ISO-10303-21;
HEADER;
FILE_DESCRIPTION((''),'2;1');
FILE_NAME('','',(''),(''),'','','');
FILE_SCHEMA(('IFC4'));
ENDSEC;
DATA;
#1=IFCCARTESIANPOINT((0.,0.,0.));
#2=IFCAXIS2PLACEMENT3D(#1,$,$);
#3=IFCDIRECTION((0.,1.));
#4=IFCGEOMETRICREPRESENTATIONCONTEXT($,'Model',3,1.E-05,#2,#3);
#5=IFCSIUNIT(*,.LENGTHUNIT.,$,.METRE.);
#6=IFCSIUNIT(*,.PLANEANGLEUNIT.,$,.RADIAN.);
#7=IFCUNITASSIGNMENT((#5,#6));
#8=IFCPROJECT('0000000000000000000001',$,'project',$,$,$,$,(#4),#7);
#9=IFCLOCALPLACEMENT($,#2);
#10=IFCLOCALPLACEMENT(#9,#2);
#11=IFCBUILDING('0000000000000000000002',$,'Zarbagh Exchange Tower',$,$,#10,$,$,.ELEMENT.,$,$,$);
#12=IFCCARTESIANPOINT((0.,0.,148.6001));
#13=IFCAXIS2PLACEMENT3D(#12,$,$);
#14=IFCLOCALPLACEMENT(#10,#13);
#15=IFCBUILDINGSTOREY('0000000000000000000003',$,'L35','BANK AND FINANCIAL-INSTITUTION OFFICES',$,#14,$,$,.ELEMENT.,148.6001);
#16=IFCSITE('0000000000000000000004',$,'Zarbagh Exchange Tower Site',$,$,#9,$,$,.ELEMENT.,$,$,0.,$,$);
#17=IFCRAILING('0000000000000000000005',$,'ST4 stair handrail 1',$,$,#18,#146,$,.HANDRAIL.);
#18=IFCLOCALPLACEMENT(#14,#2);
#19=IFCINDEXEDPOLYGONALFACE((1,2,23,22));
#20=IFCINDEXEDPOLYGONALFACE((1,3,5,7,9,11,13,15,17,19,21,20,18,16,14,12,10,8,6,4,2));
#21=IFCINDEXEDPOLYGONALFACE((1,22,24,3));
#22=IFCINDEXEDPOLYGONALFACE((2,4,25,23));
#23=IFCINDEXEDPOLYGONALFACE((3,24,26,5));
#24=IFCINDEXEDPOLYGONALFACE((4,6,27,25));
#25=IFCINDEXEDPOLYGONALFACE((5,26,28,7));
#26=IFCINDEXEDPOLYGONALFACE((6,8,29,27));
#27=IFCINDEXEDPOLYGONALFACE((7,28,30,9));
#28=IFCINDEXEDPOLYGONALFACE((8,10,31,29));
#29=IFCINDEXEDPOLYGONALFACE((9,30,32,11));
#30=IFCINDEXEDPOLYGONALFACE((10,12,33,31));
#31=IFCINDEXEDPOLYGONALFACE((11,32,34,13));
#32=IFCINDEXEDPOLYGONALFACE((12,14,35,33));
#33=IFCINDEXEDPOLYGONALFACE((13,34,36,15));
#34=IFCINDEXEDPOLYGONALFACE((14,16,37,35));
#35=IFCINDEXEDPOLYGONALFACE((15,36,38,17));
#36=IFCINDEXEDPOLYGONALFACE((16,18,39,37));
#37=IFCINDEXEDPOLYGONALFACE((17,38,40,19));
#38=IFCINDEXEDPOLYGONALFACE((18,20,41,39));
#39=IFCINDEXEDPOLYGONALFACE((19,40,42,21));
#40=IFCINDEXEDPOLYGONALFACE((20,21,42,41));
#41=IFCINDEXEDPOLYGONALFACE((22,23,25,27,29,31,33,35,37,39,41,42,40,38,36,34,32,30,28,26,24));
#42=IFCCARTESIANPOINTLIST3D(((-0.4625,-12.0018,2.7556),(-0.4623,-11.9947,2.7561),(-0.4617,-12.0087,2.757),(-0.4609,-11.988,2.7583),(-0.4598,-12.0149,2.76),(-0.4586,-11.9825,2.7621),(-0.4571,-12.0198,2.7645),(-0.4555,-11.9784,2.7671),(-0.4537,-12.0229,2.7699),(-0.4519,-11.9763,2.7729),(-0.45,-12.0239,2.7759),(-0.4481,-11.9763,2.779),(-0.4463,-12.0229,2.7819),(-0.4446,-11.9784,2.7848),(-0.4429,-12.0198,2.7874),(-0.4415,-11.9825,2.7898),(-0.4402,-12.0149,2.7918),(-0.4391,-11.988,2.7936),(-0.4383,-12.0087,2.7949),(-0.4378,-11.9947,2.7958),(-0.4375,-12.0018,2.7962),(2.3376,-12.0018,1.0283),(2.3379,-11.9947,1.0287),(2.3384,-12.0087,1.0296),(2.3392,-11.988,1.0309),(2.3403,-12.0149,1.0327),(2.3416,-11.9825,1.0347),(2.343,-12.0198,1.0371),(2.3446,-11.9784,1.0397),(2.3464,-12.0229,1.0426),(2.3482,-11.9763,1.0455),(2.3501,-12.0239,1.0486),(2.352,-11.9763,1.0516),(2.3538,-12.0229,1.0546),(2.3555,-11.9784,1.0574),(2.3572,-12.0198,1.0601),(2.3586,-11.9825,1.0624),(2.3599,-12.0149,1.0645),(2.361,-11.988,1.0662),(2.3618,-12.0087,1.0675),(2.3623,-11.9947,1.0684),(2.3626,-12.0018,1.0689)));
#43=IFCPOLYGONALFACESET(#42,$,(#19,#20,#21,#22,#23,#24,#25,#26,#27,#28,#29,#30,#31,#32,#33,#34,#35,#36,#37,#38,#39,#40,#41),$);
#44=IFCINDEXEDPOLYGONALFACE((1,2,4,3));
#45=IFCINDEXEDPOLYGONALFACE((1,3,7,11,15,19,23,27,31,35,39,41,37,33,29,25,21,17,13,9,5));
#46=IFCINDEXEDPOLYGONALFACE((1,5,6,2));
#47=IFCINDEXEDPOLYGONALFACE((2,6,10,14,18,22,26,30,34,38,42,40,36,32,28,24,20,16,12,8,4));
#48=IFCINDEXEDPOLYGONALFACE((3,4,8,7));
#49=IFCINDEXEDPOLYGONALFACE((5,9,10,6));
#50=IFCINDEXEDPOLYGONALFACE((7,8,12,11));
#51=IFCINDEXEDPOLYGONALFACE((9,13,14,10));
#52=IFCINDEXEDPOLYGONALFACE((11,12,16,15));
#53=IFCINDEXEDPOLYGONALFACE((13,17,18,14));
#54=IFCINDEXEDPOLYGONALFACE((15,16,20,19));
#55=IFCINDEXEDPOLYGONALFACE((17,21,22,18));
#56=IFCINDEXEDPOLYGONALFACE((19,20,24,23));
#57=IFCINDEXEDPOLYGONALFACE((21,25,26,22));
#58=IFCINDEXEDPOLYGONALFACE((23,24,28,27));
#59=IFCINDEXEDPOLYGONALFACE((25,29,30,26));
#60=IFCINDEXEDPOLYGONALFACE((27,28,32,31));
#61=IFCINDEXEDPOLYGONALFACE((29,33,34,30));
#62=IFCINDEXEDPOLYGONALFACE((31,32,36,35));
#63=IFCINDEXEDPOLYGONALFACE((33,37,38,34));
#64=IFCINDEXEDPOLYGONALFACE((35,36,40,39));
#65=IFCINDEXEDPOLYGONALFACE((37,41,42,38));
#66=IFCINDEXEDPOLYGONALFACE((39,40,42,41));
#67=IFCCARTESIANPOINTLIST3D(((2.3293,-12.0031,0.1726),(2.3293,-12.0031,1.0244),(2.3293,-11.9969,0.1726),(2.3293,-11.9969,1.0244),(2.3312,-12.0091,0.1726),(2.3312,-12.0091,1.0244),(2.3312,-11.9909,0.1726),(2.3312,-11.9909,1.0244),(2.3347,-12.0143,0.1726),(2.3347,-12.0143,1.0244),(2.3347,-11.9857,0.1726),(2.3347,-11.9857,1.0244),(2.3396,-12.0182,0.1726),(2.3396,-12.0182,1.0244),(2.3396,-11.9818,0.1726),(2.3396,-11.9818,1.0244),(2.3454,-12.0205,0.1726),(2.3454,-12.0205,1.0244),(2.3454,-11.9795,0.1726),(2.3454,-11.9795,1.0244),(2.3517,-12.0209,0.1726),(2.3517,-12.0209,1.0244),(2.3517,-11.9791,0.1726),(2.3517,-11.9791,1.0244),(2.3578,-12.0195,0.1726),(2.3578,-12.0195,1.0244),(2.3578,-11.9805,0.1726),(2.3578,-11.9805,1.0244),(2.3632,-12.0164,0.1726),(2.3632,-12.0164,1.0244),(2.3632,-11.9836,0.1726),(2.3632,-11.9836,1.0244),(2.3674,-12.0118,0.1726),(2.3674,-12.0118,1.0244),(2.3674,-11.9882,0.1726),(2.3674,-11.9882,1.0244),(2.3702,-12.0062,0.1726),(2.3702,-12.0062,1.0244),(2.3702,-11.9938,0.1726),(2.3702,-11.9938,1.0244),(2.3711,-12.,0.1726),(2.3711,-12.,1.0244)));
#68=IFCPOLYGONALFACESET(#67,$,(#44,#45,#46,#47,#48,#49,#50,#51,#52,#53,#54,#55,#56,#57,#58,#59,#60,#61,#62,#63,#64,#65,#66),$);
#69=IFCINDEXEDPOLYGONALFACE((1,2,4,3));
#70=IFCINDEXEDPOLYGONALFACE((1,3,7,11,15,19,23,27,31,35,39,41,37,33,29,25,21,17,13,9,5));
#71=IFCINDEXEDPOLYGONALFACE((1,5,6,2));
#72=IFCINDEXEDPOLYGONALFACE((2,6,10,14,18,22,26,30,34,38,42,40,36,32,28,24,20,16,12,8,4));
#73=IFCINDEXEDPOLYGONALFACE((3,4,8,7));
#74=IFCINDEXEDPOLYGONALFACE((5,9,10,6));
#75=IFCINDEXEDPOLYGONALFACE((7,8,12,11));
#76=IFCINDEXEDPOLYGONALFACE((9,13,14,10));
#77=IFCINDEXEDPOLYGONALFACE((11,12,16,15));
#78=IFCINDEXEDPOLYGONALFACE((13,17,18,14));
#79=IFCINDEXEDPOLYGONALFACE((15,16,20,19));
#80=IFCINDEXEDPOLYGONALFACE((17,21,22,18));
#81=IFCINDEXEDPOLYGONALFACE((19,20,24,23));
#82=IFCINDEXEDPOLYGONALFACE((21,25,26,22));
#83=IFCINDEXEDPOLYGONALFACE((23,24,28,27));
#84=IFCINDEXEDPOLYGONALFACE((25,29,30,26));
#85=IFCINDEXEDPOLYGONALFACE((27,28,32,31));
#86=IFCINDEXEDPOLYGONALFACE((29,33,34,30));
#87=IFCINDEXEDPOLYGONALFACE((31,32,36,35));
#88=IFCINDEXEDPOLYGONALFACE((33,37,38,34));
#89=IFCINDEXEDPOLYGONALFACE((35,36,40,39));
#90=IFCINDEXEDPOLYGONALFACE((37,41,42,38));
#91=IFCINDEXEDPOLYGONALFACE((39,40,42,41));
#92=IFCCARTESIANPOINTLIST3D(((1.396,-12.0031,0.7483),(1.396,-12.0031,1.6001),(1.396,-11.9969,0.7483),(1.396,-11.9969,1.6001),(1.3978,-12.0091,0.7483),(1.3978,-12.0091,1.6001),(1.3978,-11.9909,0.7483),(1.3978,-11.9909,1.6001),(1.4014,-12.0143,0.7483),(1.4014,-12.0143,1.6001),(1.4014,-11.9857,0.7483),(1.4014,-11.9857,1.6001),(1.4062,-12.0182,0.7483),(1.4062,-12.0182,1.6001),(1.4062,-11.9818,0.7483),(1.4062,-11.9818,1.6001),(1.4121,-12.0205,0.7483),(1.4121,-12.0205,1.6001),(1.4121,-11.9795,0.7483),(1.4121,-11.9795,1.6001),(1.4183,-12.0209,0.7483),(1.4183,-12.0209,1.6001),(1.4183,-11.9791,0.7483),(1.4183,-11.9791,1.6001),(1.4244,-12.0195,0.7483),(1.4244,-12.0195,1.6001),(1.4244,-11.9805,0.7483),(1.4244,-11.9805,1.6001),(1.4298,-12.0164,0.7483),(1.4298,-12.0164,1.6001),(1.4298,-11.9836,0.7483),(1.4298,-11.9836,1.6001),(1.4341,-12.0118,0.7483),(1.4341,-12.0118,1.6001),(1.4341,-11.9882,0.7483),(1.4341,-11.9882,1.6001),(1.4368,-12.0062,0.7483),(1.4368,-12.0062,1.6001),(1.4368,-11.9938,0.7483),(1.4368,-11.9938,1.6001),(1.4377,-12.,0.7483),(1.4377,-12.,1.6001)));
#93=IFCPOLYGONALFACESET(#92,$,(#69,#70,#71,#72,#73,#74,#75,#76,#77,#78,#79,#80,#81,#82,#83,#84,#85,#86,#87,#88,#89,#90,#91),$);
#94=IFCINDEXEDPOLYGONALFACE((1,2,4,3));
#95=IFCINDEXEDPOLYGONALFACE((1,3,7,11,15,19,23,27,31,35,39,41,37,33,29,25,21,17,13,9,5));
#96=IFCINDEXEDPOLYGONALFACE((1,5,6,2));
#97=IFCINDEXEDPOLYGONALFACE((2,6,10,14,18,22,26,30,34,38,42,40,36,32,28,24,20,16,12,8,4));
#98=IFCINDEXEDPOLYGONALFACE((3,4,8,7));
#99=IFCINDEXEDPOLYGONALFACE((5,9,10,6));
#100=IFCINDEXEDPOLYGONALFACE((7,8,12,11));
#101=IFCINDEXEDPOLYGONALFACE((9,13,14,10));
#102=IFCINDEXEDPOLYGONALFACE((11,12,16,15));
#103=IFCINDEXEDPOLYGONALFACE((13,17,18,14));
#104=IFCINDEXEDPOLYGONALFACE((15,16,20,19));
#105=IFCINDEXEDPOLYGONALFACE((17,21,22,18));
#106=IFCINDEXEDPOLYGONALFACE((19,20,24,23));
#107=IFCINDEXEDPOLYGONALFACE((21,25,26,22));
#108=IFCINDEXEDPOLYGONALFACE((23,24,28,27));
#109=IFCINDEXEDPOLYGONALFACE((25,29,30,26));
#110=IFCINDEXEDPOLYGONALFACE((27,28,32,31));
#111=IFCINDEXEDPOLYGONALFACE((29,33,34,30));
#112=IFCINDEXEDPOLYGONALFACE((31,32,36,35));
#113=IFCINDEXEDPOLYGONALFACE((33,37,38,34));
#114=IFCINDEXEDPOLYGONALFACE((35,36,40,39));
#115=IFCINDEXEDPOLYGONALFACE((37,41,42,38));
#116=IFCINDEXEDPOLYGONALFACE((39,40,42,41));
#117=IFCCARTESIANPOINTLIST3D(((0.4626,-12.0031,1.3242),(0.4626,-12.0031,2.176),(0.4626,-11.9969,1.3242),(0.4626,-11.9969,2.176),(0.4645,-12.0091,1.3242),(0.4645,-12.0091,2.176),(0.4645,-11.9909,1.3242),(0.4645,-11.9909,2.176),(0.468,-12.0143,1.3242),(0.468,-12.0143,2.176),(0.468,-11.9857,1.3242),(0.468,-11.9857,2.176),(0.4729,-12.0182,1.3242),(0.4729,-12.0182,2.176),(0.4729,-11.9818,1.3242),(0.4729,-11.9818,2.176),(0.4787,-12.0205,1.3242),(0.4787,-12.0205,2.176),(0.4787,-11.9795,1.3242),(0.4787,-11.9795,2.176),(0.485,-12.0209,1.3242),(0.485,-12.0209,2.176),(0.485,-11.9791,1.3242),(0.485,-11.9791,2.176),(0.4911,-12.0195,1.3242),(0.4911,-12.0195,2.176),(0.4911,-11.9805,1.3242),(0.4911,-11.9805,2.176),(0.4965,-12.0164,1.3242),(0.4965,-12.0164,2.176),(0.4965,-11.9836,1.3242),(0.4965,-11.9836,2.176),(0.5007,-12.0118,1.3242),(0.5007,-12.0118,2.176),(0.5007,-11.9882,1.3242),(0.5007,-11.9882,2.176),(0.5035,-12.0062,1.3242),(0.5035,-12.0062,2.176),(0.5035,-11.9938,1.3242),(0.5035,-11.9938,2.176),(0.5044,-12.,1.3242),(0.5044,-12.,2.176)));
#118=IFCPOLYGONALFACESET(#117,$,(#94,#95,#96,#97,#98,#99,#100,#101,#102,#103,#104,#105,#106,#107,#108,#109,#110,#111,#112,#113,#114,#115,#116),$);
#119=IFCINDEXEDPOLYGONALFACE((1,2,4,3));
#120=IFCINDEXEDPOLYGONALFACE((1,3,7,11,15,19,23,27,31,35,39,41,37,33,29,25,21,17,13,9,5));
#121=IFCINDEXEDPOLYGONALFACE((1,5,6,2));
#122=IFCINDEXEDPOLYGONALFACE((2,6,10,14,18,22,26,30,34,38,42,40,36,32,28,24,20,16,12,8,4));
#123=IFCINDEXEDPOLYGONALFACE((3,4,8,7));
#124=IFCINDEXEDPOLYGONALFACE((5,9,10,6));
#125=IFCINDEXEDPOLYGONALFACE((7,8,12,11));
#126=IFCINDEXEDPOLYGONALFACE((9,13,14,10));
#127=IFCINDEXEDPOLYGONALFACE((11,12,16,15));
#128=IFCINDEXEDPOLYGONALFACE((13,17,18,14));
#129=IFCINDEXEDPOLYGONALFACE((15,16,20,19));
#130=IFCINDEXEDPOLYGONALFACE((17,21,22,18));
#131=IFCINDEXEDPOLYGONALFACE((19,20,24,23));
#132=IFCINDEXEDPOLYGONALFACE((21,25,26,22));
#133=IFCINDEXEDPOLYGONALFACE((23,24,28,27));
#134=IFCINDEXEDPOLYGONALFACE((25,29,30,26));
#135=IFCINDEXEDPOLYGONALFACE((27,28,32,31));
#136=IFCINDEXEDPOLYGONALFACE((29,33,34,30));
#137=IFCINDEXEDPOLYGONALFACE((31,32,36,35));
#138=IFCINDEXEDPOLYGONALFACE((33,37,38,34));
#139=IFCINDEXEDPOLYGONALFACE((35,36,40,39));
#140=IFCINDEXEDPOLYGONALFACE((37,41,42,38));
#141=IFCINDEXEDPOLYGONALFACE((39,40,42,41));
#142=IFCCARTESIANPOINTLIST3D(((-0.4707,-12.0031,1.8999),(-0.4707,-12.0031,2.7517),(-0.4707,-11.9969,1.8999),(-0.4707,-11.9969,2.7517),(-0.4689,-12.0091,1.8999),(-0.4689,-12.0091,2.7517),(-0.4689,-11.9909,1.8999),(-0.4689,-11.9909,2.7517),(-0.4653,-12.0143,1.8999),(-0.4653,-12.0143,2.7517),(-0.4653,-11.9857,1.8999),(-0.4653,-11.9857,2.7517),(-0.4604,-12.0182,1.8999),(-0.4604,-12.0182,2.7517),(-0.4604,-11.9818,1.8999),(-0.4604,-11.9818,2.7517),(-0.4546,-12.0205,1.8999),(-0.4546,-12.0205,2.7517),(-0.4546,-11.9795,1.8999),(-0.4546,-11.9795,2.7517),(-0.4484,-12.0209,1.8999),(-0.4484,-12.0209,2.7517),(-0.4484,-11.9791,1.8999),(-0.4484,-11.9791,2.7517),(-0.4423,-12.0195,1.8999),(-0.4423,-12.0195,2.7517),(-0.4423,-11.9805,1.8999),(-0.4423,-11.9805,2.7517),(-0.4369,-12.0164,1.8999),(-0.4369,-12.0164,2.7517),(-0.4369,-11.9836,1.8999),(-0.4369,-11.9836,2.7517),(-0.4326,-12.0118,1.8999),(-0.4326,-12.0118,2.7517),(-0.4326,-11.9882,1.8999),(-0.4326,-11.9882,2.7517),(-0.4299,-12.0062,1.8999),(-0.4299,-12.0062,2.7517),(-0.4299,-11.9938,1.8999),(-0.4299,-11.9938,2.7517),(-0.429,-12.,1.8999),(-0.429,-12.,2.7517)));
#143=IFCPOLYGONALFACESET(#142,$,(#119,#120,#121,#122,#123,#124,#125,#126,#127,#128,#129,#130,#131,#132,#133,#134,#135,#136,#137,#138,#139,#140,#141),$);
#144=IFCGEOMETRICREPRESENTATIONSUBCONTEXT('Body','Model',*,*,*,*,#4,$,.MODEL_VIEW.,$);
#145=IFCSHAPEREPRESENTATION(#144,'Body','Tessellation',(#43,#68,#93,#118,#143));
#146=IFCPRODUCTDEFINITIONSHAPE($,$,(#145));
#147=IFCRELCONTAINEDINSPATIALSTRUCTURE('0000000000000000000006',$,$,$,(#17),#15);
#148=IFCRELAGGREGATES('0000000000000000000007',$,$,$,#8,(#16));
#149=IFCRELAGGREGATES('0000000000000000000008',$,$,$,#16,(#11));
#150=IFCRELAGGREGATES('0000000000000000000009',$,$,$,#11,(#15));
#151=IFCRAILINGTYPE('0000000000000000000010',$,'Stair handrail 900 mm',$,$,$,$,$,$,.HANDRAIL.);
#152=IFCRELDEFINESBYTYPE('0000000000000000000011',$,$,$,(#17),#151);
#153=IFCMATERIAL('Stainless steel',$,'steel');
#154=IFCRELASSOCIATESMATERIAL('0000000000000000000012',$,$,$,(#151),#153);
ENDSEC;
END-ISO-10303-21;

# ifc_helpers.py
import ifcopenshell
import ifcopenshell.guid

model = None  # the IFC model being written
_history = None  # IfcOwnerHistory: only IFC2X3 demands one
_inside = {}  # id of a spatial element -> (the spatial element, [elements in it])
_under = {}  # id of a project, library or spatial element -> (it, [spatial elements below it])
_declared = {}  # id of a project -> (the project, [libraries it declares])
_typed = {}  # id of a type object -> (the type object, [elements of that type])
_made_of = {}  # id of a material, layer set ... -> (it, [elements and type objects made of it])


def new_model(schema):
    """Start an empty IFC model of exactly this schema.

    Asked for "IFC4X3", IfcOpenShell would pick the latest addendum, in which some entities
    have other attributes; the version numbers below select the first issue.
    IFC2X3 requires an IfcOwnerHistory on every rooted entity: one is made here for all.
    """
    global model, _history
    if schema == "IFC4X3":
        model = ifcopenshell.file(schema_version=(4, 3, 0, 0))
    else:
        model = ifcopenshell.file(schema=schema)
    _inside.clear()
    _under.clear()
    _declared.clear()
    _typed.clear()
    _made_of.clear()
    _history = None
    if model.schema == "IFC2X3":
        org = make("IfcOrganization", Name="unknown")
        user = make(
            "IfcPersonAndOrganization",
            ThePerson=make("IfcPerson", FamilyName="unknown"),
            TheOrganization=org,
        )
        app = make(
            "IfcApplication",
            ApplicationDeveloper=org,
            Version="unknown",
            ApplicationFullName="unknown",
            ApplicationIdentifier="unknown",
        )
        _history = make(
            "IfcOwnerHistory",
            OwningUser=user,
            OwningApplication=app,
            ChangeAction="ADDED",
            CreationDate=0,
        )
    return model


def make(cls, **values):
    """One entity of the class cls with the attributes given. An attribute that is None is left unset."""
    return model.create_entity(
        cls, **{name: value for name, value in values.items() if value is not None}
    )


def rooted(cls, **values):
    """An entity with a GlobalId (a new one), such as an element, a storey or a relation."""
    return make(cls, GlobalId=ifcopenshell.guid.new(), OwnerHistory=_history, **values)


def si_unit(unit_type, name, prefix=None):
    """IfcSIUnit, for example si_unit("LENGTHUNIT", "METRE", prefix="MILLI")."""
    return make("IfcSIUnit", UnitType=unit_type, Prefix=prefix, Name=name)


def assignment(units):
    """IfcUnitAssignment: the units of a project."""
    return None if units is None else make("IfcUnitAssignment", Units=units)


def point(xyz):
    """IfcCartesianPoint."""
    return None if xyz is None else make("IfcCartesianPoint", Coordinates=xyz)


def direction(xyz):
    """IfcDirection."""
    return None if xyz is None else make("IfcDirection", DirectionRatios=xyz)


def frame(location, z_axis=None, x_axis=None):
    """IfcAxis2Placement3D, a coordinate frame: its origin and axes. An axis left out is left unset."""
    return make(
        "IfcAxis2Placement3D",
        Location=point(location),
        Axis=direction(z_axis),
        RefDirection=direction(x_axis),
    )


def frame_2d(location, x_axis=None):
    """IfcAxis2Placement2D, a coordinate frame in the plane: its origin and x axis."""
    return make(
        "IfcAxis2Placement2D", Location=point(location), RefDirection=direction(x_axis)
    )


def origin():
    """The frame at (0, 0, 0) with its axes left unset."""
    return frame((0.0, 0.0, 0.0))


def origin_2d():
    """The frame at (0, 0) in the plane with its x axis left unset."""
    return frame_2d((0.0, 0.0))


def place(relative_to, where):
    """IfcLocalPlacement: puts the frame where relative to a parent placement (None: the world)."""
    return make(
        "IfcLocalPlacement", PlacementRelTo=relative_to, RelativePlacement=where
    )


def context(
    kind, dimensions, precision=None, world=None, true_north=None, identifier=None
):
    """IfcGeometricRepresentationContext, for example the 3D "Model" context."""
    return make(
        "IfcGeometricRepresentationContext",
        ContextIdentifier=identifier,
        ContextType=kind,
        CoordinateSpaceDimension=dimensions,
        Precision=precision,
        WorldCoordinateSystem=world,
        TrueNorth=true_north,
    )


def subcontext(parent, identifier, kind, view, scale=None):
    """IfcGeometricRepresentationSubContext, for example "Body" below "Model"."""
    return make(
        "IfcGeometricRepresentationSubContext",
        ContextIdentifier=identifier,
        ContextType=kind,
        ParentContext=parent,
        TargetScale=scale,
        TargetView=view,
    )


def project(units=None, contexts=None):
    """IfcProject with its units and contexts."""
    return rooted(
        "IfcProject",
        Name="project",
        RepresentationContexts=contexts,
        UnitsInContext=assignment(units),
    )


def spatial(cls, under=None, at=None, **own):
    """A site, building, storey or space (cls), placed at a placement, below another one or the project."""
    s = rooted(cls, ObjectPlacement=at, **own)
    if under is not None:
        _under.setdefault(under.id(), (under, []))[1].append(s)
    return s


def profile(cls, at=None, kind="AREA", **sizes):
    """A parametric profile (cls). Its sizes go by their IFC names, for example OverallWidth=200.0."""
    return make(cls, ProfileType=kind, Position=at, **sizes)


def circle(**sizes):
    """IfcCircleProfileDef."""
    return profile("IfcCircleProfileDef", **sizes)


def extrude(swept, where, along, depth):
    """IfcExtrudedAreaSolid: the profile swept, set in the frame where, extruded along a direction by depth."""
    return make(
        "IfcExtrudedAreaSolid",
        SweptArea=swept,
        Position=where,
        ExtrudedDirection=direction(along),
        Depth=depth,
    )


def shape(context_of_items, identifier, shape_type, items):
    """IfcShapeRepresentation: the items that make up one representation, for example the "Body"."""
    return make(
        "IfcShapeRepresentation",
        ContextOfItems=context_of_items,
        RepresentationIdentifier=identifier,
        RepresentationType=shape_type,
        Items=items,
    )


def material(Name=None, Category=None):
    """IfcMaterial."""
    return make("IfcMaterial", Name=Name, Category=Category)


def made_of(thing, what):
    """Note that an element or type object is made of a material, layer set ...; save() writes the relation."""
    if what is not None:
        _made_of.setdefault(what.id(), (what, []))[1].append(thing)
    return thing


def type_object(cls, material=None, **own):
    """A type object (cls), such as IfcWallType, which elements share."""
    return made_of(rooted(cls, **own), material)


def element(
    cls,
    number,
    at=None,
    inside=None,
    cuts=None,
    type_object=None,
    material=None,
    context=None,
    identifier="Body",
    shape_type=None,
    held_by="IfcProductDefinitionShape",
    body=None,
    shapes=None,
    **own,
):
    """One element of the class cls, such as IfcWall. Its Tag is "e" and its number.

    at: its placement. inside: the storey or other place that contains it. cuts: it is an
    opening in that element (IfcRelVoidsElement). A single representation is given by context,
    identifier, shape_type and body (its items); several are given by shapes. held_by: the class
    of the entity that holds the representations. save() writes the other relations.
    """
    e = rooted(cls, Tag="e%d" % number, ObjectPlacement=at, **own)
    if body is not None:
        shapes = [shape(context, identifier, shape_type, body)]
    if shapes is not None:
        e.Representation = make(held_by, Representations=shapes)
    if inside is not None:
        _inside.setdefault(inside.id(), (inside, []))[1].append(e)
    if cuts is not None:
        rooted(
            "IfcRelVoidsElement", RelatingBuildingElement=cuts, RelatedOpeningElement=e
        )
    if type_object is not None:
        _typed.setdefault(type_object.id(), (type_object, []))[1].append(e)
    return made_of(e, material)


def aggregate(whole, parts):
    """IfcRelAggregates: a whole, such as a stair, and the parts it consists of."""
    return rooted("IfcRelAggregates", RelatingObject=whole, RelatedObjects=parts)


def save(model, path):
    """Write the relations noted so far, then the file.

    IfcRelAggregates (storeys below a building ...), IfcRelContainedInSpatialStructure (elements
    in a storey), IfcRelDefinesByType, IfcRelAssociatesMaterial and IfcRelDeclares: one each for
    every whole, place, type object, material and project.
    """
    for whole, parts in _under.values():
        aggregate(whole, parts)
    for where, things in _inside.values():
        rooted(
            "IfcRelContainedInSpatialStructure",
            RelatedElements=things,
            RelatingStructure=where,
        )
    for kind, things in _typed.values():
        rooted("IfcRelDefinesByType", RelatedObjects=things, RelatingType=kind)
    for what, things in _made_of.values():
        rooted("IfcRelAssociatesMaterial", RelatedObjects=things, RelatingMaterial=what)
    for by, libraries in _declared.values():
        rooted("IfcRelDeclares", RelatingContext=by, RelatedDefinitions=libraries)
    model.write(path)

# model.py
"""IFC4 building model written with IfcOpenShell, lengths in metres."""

from ifc_helpers import new_model, si_unit, direction, frame, origin, origin_2d, place, context, subcontext, project, spatial, circle, extrude, material, type_object, element, save


model = new_model("IFC4")

# Units and contexts
model_context = context("Model", 3, precision=1e-05, world=origin(), true_north=direction((0.0, 1.0)))
body_context = subcontext(model_context, "Body", "Model", "MODEL_VIEW")
ifc_project = project(units=[si_unit("LENGTHUNIT", "METRE"), si_unit("PLANEANGLEUNIT", "RADIAN")], contexts=[model_context])

# Site, building, storey
site_placement = place(None, origin())
site = spatial("IfcSite", under=ifc_project, at=site_placement, Name="Zarbagh Exchange Tower Site", CompositionType="ELEMENT", RefElevation=0.0)
building_placement = place(site_placement, origin())
building = spatial("IfcBuilding", under=site, at=building_placement, Name="Zarbagh Exchange Tower", CompositionType="ELEMENT")
storey_placement = place(building_placement, frame((0.0, 0.0, 148.6001)))
storey = spatial("IfcBuildingStorey", under=building, at=storey_placement, Name="L35", Description="BANK AND FINANCIAL-INSTITUTION OFFICES", CompositionType="ELEMENT", Elevation=148.6001)

# Shared definitions
ifc_material_1 = material(Name="Stainless steel", Category="steel")

# Railing
railing_type_1 = type_object("IfcRailingType", Name="Stair handrail 900 mm", PredefinedType="HANDRAIL", material=ifc_material_1)
for number, where, name in (
    (1, (2.3501, -12.0, 0.1726), "ST4 stair handrail 1"),
):
    element("IfcRailing", number, at=place(storey_placement, frame(where)), inside=storey, type_object=railing_type_1, Name=name, PredefinedType="HANDRAIL", context=body_context, shape_type="SweptSolid", body=[
        extrude(circle(Radius=0.0239, at=origin_2d()), frame((0.0, 0.0, 0.876), z_axis=(-0.85109, 0.0, 0.52502), x_axis=(0.0, -1.0, 0.0)), (0.0, 0.0, 1.0), 3.29),
        extrude(circle(Radius=0.021, at=origin_2d()), origin(), (0.0, 0.0, 1.0), 0.8518),
        extrude(circle(Radius=0.021, at=origin_2d()), frame((-0.9333, 0.0, 0.5757)), (0.0, 0.0, 1.0), 0.8518),
        extrude(circle(Radius=0.021, at=origin_2d()), frame((-1.8667, 0.0, 1.1516)), (0.0, 0.0, 1.0), 0.8518),
        extrude(circle(Radius=0.021, at=origin_2d()), frame((-2.8, 0.0, 1.7273)), (0.0, 0.0, 1.0), 0.8518),
    ])

save(model, "model.ifc")
